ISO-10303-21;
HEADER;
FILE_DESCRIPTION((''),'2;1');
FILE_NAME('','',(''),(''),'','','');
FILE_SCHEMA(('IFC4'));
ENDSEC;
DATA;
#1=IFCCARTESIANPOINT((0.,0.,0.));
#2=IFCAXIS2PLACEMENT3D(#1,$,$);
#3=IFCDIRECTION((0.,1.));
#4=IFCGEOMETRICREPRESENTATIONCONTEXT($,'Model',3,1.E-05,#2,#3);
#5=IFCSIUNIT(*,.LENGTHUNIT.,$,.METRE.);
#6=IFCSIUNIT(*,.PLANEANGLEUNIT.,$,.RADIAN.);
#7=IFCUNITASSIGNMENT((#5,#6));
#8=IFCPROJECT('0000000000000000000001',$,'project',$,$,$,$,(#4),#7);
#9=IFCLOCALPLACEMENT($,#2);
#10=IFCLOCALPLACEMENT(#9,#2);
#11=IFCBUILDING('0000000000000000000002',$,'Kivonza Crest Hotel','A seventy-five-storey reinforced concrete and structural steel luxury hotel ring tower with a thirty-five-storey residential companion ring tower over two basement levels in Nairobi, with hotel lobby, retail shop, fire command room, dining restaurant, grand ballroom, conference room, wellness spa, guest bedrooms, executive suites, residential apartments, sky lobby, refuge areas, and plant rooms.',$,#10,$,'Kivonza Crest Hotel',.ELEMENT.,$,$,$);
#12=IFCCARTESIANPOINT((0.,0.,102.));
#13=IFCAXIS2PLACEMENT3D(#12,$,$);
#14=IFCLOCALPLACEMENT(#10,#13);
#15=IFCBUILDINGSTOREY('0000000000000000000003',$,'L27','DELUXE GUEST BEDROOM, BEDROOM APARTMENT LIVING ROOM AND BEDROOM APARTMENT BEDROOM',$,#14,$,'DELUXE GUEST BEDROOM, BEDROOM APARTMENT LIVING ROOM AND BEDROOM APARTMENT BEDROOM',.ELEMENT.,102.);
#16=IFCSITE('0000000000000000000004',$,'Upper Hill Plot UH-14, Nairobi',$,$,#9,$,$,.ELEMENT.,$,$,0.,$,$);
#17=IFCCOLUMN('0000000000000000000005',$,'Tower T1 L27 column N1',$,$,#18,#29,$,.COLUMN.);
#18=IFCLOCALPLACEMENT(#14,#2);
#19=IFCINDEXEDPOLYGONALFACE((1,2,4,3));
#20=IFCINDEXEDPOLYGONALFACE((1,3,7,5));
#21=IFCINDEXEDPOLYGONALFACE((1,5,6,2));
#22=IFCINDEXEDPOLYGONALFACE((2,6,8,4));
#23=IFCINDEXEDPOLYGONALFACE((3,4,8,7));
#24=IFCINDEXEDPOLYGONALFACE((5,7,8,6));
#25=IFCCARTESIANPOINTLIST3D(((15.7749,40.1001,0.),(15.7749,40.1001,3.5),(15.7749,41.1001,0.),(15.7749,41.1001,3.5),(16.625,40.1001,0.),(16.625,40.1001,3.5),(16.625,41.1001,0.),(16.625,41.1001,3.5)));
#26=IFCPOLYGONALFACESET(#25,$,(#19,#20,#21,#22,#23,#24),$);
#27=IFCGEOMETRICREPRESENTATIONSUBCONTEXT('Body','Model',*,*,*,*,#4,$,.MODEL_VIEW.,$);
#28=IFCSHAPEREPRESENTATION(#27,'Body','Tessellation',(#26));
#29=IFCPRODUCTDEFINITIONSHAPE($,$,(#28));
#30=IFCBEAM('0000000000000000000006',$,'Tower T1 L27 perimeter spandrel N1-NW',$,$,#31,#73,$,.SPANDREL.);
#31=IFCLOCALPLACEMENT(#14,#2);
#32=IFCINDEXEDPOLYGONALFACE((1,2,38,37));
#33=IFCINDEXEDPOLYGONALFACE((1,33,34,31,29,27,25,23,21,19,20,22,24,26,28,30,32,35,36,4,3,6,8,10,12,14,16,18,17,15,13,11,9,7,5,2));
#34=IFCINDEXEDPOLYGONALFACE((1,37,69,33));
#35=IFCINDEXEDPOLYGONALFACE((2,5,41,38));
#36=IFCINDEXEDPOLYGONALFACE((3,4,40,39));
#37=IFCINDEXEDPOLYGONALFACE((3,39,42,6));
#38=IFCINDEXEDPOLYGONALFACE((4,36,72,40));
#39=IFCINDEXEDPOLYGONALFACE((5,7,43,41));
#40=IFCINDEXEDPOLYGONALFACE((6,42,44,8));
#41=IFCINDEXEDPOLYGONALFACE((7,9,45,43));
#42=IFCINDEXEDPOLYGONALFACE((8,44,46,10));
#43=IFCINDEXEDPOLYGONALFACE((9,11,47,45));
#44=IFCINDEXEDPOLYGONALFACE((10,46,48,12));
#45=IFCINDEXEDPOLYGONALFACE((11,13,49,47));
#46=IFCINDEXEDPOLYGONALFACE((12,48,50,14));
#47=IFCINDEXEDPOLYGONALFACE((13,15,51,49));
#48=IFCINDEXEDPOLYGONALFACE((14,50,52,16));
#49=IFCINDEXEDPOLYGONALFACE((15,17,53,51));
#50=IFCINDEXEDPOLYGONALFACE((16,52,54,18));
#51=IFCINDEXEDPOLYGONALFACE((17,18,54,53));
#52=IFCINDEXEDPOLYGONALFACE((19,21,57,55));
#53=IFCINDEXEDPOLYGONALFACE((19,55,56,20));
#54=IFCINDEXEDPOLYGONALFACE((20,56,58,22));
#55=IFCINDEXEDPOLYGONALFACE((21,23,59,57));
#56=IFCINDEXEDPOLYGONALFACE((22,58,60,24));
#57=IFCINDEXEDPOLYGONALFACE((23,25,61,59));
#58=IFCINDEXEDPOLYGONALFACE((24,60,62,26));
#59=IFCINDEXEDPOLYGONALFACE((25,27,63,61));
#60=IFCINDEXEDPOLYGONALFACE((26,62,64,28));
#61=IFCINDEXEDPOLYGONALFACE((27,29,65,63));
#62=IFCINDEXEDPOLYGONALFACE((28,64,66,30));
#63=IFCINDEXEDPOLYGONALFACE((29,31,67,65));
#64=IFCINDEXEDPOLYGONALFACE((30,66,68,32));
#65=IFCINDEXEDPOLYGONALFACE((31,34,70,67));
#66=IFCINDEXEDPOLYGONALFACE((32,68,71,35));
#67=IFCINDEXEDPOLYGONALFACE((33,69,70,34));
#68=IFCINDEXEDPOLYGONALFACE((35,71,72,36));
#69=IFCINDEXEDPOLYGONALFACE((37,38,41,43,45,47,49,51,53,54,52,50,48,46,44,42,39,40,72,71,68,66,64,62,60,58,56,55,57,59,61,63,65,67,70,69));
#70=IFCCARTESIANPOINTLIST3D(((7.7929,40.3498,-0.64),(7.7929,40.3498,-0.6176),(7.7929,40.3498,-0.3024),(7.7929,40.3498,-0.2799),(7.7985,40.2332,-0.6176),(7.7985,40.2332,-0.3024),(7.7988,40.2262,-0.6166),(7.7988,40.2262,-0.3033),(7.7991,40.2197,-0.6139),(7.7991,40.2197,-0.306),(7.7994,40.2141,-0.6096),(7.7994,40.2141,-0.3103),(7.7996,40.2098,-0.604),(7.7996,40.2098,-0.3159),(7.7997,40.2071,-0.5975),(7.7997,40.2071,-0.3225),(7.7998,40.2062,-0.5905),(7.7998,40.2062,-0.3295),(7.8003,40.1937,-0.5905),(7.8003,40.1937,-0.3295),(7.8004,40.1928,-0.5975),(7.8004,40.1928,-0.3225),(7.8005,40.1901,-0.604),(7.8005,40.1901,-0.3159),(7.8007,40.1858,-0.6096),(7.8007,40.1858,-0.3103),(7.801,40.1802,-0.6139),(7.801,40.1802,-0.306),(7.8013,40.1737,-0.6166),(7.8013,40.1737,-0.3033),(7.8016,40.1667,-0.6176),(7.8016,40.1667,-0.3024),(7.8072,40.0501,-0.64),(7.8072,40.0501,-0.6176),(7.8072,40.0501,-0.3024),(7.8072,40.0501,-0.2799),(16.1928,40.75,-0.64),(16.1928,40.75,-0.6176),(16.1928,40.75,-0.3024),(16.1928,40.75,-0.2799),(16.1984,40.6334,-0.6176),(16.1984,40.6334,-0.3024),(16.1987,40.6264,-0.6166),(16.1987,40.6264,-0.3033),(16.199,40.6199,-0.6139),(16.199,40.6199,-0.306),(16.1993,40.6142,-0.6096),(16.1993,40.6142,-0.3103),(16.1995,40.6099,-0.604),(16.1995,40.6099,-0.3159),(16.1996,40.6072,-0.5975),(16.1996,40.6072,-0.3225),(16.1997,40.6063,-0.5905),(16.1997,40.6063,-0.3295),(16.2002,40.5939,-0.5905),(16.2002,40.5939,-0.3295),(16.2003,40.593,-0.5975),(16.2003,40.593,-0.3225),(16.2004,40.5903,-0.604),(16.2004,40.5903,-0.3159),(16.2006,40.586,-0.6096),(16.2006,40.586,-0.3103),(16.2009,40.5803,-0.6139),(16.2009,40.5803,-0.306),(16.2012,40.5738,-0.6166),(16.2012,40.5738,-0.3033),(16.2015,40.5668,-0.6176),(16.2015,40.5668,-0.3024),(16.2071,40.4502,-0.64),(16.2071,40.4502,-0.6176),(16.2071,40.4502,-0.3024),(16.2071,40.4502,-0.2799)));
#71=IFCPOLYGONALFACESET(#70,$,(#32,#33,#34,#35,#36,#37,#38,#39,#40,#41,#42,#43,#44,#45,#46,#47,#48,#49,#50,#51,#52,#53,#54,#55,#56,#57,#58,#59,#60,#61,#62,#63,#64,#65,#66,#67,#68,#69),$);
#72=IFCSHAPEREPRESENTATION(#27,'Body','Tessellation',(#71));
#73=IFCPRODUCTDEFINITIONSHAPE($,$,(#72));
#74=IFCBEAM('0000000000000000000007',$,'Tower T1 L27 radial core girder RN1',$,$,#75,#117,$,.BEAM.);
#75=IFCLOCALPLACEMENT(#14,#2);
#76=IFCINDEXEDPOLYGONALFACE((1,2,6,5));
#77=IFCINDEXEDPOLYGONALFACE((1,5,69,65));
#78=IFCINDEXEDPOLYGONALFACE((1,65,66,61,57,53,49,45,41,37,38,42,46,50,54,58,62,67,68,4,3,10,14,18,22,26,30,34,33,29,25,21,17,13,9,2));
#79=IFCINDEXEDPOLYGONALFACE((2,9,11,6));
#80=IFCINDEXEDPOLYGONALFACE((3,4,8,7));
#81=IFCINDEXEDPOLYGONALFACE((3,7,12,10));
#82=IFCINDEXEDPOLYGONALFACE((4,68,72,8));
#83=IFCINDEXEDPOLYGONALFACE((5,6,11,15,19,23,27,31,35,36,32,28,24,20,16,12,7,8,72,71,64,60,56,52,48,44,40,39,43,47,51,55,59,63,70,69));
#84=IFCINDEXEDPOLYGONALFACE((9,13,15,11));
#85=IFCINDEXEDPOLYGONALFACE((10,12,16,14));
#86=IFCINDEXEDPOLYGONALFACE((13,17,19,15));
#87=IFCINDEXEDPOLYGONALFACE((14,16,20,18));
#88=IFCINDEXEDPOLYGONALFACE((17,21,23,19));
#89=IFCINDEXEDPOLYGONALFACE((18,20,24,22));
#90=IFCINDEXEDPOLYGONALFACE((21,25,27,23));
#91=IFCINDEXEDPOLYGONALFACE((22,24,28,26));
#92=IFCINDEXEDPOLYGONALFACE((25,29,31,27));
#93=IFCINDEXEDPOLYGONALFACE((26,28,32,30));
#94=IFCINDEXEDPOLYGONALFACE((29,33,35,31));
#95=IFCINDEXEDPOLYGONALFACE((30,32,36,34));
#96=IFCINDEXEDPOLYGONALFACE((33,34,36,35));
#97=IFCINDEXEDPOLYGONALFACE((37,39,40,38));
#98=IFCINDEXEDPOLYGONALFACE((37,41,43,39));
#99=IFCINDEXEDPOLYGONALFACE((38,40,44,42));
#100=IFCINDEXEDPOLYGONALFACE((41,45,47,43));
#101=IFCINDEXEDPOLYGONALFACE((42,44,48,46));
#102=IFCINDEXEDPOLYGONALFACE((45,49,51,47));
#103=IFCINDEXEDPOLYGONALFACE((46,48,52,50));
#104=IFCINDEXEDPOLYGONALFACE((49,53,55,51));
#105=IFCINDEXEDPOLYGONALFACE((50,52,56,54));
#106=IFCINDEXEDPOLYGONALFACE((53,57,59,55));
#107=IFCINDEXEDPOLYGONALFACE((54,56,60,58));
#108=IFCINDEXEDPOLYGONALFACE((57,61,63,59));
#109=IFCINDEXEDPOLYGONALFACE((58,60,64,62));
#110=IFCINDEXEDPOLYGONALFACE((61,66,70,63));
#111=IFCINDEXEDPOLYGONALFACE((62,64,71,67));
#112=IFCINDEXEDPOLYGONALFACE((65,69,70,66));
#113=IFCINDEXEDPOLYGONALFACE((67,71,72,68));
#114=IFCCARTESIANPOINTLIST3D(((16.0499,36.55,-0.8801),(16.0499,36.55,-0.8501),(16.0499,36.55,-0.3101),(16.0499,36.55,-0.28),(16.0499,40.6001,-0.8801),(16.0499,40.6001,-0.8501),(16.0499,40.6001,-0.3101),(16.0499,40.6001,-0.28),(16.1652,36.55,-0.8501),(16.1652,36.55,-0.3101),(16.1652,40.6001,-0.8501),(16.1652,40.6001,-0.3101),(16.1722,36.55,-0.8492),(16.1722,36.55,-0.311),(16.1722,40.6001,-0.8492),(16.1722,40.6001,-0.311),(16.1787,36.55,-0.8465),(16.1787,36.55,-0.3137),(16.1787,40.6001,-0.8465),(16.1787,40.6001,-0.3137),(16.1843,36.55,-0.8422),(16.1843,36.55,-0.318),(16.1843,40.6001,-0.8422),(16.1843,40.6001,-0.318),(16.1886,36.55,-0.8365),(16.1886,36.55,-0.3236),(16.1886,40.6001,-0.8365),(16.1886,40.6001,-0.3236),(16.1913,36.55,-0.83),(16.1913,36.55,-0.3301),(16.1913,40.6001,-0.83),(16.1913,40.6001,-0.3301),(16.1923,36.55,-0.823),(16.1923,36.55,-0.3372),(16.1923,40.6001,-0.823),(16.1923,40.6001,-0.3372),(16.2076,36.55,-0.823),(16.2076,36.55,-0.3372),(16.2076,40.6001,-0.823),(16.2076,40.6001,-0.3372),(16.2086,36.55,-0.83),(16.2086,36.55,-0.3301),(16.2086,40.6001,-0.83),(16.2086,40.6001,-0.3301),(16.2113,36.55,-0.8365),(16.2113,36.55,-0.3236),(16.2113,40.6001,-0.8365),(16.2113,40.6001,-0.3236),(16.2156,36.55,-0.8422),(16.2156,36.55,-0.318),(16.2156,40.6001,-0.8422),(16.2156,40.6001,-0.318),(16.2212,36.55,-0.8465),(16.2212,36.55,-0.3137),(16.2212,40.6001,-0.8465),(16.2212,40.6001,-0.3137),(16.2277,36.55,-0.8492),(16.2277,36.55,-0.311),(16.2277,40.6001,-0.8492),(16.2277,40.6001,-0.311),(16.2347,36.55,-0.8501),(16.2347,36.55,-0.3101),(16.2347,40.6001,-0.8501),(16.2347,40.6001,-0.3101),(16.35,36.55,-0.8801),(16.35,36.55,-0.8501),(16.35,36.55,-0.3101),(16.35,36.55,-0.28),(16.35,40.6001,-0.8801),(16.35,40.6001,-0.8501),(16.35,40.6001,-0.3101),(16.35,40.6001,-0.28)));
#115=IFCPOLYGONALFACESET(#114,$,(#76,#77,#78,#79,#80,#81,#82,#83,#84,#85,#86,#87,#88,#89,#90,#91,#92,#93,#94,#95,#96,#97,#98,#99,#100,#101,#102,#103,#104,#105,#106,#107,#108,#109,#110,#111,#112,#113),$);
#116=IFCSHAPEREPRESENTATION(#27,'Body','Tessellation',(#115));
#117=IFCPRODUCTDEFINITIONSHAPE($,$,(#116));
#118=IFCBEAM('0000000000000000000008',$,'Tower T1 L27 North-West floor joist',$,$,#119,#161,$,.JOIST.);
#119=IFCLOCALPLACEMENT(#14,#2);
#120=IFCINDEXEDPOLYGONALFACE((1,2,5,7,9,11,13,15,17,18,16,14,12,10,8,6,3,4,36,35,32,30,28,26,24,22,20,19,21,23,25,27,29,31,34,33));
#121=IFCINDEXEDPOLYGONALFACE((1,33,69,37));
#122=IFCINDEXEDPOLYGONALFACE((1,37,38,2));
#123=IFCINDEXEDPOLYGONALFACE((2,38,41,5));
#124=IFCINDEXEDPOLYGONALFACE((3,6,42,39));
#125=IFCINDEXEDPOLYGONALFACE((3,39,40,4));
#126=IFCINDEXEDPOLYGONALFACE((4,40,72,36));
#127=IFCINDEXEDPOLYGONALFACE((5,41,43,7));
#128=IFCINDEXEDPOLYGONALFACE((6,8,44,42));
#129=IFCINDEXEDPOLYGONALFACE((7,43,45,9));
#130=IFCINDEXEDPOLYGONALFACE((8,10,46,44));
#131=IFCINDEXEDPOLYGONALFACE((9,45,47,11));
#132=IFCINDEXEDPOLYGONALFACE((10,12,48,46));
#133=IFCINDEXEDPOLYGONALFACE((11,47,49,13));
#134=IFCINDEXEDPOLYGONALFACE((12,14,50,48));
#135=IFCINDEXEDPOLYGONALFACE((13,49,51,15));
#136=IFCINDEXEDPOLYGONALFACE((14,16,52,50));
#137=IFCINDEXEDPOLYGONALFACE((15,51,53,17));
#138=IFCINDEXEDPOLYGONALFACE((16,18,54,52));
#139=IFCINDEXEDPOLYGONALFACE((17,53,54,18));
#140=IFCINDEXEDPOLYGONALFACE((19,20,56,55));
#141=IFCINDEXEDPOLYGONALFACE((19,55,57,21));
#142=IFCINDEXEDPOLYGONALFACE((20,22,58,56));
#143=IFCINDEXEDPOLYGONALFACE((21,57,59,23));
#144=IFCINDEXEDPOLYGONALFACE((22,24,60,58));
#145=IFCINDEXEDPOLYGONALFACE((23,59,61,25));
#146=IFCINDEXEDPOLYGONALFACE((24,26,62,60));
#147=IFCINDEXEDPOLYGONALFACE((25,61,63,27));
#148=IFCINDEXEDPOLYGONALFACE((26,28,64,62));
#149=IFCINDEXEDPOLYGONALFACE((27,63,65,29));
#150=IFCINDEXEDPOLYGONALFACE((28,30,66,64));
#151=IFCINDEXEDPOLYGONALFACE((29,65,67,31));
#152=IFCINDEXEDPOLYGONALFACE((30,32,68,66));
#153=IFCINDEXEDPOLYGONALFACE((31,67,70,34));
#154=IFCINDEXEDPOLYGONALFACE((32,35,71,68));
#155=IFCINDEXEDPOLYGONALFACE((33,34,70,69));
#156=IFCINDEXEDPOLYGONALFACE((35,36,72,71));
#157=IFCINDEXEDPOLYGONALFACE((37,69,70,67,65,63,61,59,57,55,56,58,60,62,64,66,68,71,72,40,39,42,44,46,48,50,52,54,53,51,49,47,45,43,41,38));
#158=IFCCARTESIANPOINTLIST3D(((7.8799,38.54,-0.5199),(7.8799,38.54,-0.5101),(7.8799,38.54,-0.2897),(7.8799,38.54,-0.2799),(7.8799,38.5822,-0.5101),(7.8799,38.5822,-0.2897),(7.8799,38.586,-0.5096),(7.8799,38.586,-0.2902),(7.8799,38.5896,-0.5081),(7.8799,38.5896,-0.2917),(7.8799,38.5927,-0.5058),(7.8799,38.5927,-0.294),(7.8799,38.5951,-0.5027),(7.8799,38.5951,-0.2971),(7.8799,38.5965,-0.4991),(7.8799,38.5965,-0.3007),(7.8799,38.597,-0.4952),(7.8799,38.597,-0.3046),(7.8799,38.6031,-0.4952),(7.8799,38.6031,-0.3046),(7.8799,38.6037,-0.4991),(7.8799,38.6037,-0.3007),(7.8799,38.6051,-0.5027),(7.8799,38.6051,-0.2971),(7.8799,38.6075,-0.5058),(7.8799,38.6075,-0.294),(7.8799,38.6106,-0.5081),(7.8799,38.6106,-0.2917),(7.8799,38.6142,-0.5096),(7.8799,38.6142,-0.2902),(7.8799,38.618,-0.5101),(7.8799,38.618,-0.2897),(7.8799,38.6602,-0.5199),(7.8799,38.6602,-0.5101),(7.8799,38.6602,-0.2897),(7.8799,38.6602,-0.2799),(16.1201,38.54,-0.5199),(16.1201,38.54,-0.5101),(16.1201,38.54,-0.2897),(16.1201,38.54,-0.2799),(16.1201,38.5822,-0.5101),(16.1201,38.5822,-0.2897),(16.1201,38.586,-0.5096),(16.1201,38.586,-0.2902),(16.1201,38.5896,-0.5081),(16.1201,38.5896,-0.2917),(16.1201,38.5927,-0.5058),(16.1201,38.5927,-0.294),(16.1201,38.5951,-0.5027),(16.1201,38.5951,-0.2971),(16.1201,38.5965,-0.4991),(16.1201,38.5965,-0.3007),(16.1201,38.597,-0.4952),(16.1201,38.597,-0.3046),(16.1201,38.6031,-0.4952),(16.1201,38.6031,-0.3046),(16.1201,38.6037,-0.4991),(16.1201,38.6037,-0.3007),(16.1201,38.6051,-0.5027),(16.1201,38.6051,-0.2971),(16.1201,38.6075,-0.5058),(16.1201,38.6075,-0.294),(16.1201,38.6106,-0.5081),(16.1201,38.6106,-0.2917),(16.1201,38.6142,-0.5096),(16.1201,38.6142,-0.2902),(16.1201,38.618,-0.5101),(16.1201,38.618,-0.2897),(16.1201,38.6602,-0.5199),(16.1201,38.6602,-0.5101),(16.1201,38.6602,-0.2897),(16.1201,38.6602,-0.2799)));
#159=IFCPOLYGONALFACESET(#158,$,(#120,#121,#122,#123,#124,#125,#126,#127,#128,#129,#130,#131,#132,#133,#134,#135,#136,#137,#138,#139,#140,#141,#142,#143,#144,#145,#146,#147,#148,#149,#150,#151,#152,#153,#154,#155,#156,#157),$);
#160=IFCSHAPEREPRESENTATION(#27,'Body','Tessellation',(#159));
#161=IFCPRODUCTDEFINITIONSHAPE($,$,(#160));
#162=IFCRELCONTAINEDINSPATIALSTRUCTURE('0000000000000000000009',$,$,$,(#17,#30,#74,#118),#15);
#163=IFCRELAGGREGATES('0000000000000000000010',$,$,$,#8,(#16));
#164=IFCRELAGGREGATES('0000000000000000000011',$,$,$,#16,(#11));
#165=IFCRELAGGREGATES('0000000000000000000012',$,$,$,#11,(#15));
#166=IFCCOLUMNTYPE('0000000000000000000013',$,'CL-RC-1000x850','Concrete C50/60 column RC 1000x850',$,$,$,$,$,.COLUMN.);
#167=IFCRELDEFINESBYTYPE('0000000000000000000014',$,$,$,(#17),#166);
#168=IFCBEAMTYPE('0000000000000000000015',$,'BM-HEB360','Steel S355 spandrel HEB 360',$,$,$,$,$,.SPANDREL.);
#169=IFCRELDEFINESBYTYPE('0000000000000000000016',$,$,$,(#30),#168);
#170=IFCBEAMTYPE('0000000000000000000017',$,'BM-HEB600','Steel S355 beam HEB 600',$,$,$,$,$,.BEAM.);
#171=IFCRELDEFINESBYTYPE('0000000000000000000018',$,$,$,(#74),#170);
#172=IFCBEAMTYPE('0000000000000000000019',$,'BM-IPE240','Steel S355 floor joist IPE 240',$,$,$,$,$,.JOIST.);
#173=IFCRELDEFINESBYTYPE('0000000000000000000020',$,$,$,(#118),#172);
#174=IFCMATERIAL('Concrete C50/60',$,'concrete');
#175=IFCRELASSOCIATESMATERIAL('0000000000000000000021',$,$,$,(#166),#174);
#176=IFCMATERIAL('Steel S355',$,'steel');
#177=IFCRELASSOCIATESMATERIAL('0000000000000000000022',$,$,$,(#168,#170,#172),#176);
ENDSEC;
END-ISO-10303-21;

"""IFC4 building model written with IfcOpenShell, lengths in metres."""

from ifc_helpers import new_model, si_unit, direction, frame, origin, origin_2d, place, context, subcontext, project, spatial, rectangle, i_section, extrude, material, material_profile, profile_set, type_object, element, save


model = new_model("IFC4")

# Units and contexts
model_context = context("Model", 3, precision=1e-05, world=origin(), true_north=direction((0.0, 1.0)))
body_context = subcontext(model_context, "Body", "Model", "MODEL_VIEW")
ifc_project = project(units=[si_unit("LENGTHUNIT", "METRE"), si_unit("PLANEANGLEUNIT", "RADIAN")], contexts=[model_context])

# Site, building, storey
site_placement = place(None, origin())
site = spatial("IfcSite", under=ifc_project, at=site_placement, Name="Upper Hill Plot UH-14, Nairobi", CompositionType="ELEMENT", RefElevation=0.0)
building_placement = place(site_placement, origin())
building = spatial("IfcBuilding", under=site, at=building_placement, Name="Kivonza Crest Hotel", Description="A seventy-five-storey reinforced concrete and structural steel luxury hotel ring tower with a thirty-five-storey residential companion ring tower over two basement levels in Nairobi, with hotel lobby, retail shop, fire command room, dining restaurant, grand ballroom, conference room, wellness spa, guest bedrooms, executive suites, residential apartments, sky lobby, refuge areas, and plant rooms.", LongName="Kivonza Crest Hotel", CompositionType="ELEMENT")
storey_placement = place(building_placement, frame((0.0, 0.0, 102.0)))
storey = spatial("IfcBuildingStorey", under=building, at=storey_placement, Name="L27", Description="DELUXE GUEST BEDROOM, BEDROOM APARTMENT LIVING ROOM AND BEDROOM APARTMENT BEDROOM", LongName="DELUXE GUEST BEDROOM, BEDROOM APARTMENT LIVING ROOM AND BEDROOM APARTMENT BEDROOM", CompositionType="ELEMENT", Elevation=102.0)

# Column
ifc_material_1 = material(Name="Concrete C50/60", Category="concrete")
ifc_material_profile_1 = material_profile(ifc_material_1, rectangle(XDim=0.8501, YDim=1.0, at=origin_2d()), Name="RC 1000x850")
ifc_profile_set_1 = profile_set([ifc_material_profile_1], Name="Concrete C50/60")
column_type = type_object("IfcColumnType", Name="CL-RC-1000x850", Description="Concrete C50/60 column RC 1000x850", PredefinedType="COLUMN", material=ifc_profile_set_1)
column_placement = place(storey_placement, frame((16.2, 40.6001, 0.0), z_axis=(0.0, 0.0, 1.0), x_axis=(1.0, 0.0, 0.0)))
element("IfcColumn", 1, at=column_placement, inside=storey, type_object=column_type, Name="Tower T1 L27 column N1", PredefinedType="COLUMN", context=body_context, shape_type="SweptSolid", body=[
    extrude(rectangle(XDim=0.8501, YDim=1.0, at=origin_2d()), origin(), (0.0, 0.0, 1.0), 3.5),
])

# Beams
ifc_material_2 = material(Name="Steel S355", Category="steel")
ifc_material_profile_2 = material_profile(ifc_material_2, i_section(OverallWidth=0.3, OverallDepth=0.3601, WebThickness=0.0125, FlangeThickness=0.0225, FilletRadius=0.0271, at=origin_2d()), Name="HEB 360")
ifc_profile_set_2 = profile_set([ifc_material_profile_2], Name="Steel S355")
beam_type_1 = type_object("IfcBeamType", Name="BM-HEB360", Description="Steel S355 spandrel HEB 360", PredefinedType="SPANDREL", material=ifc_profile_set_2)
beam_1_placement = place(storey_placement, frame((16.2, 40.6001, -0.46), z_axis=(-0.998867, -0.047583, 0.0), x_axis=(0.047583, -0.998867, 0.0)))
element("IfcBeam", 2, at=beam_1_placement, inside=storey, type_object=beam_type_1, Name="Tower T1 L27 perimeter spandrel N1-NW", PredefinedType="SPANDREL", context=body_context, shape_type="SweptSolid", body=[
    extrude(i_section(OverallWidth=0.3, OverallDepth=0.3601, WebThickness=0.0125, FlangeThickness=0.0225, FilletRadius=0.0271, at=origin_2d()), origin(), (0.0, 0.0, 1.0), 8.4094),
])
ifc_material_profile_3 = material_profile(ifc_material_2, i_section(OverallWidth=0.3, OverallDepth=0.6001, WebThickness=0.0154, FlangeThickness=0.03, FilletRadius=0.0271, at=origin_2d()), Name="HEB 600")
ifc_profile_set_3 = profile_set([ifc_material_profile_3], Name="Steel S355")
beam_type_2 = type_object("IfcBeamType", Name="BM-HEB600", Description="Steel S355 beam HEB 600", PredefinedType="BEAM", material=ifc_profile_set_3)
beam_2_placement = place(storey_placement, frame((16.2, 40.6001, -0.5801), z_axis=(0.0, -1.0, 0.0), x_axis=(1.0, 0.0, 0.0)))
element("IfcBeam", 3, at=beam_2_placement, inside=storey, type_object=beam_type_2, Name="Tower T1 L27 radial core girder RN1", PredefinedType="BEAM", context=body_context, shape_type="SweptSolid", body=[
    extrude(i_section(OverallWidth=0.3, OverallDepth=0.6001, WebThickness=0.0154, FlangeThickness=0.03, FilletRadius=0.0271, at=origin_2d()), origin(), (0.0, 0.0, 1.0), 4.05),
])
ifc_material_profile_4 = material_profile(ifc_material_2, i_section(OverallWidth=0.1201, OverallDepth=0.24, WebThickness=0.0061, FlangeThickness=0.0098, FilletRadius=0.0149, at=origin_2d()), Name="IPE 240")
ifc_profile_set_4 = profile_set([ifc_material_profile_4], Name="Steel S355")
beam_type_3 = type_object("IfcBeamType", Name="BM-IPE240", Description="Steel S355 floor joist IPE 240", PredefinedType="JOIST", material=ifc_profile_set_4)
beam_3_placement = place(storey_placement, frame((7.8799, 38.6001, -0.3999), z_axis=(1.0, 0.0, 0.0), x_axis=(0.0, 1.0, 0.0)))
element("IfcBeam", 4, at=beam_3_placement, inside=storey, type_object=beam_type_3, Name="Tower T1 L27 North-West floor joist", PredefinedType="JOIST", context=body_context, shape_type="SweptSolid", body=[
    extrude(i_section(OverallWidth=0.1201, OverallDepth=0.24, WebThickness=0.0061, FlangeThickness=0.0098, FilletRadius=0.0149, at=origin_2d()), origin(), (0.0, 0.0, 1.0), 8.2402),
])

save(model, "model.ifc")
